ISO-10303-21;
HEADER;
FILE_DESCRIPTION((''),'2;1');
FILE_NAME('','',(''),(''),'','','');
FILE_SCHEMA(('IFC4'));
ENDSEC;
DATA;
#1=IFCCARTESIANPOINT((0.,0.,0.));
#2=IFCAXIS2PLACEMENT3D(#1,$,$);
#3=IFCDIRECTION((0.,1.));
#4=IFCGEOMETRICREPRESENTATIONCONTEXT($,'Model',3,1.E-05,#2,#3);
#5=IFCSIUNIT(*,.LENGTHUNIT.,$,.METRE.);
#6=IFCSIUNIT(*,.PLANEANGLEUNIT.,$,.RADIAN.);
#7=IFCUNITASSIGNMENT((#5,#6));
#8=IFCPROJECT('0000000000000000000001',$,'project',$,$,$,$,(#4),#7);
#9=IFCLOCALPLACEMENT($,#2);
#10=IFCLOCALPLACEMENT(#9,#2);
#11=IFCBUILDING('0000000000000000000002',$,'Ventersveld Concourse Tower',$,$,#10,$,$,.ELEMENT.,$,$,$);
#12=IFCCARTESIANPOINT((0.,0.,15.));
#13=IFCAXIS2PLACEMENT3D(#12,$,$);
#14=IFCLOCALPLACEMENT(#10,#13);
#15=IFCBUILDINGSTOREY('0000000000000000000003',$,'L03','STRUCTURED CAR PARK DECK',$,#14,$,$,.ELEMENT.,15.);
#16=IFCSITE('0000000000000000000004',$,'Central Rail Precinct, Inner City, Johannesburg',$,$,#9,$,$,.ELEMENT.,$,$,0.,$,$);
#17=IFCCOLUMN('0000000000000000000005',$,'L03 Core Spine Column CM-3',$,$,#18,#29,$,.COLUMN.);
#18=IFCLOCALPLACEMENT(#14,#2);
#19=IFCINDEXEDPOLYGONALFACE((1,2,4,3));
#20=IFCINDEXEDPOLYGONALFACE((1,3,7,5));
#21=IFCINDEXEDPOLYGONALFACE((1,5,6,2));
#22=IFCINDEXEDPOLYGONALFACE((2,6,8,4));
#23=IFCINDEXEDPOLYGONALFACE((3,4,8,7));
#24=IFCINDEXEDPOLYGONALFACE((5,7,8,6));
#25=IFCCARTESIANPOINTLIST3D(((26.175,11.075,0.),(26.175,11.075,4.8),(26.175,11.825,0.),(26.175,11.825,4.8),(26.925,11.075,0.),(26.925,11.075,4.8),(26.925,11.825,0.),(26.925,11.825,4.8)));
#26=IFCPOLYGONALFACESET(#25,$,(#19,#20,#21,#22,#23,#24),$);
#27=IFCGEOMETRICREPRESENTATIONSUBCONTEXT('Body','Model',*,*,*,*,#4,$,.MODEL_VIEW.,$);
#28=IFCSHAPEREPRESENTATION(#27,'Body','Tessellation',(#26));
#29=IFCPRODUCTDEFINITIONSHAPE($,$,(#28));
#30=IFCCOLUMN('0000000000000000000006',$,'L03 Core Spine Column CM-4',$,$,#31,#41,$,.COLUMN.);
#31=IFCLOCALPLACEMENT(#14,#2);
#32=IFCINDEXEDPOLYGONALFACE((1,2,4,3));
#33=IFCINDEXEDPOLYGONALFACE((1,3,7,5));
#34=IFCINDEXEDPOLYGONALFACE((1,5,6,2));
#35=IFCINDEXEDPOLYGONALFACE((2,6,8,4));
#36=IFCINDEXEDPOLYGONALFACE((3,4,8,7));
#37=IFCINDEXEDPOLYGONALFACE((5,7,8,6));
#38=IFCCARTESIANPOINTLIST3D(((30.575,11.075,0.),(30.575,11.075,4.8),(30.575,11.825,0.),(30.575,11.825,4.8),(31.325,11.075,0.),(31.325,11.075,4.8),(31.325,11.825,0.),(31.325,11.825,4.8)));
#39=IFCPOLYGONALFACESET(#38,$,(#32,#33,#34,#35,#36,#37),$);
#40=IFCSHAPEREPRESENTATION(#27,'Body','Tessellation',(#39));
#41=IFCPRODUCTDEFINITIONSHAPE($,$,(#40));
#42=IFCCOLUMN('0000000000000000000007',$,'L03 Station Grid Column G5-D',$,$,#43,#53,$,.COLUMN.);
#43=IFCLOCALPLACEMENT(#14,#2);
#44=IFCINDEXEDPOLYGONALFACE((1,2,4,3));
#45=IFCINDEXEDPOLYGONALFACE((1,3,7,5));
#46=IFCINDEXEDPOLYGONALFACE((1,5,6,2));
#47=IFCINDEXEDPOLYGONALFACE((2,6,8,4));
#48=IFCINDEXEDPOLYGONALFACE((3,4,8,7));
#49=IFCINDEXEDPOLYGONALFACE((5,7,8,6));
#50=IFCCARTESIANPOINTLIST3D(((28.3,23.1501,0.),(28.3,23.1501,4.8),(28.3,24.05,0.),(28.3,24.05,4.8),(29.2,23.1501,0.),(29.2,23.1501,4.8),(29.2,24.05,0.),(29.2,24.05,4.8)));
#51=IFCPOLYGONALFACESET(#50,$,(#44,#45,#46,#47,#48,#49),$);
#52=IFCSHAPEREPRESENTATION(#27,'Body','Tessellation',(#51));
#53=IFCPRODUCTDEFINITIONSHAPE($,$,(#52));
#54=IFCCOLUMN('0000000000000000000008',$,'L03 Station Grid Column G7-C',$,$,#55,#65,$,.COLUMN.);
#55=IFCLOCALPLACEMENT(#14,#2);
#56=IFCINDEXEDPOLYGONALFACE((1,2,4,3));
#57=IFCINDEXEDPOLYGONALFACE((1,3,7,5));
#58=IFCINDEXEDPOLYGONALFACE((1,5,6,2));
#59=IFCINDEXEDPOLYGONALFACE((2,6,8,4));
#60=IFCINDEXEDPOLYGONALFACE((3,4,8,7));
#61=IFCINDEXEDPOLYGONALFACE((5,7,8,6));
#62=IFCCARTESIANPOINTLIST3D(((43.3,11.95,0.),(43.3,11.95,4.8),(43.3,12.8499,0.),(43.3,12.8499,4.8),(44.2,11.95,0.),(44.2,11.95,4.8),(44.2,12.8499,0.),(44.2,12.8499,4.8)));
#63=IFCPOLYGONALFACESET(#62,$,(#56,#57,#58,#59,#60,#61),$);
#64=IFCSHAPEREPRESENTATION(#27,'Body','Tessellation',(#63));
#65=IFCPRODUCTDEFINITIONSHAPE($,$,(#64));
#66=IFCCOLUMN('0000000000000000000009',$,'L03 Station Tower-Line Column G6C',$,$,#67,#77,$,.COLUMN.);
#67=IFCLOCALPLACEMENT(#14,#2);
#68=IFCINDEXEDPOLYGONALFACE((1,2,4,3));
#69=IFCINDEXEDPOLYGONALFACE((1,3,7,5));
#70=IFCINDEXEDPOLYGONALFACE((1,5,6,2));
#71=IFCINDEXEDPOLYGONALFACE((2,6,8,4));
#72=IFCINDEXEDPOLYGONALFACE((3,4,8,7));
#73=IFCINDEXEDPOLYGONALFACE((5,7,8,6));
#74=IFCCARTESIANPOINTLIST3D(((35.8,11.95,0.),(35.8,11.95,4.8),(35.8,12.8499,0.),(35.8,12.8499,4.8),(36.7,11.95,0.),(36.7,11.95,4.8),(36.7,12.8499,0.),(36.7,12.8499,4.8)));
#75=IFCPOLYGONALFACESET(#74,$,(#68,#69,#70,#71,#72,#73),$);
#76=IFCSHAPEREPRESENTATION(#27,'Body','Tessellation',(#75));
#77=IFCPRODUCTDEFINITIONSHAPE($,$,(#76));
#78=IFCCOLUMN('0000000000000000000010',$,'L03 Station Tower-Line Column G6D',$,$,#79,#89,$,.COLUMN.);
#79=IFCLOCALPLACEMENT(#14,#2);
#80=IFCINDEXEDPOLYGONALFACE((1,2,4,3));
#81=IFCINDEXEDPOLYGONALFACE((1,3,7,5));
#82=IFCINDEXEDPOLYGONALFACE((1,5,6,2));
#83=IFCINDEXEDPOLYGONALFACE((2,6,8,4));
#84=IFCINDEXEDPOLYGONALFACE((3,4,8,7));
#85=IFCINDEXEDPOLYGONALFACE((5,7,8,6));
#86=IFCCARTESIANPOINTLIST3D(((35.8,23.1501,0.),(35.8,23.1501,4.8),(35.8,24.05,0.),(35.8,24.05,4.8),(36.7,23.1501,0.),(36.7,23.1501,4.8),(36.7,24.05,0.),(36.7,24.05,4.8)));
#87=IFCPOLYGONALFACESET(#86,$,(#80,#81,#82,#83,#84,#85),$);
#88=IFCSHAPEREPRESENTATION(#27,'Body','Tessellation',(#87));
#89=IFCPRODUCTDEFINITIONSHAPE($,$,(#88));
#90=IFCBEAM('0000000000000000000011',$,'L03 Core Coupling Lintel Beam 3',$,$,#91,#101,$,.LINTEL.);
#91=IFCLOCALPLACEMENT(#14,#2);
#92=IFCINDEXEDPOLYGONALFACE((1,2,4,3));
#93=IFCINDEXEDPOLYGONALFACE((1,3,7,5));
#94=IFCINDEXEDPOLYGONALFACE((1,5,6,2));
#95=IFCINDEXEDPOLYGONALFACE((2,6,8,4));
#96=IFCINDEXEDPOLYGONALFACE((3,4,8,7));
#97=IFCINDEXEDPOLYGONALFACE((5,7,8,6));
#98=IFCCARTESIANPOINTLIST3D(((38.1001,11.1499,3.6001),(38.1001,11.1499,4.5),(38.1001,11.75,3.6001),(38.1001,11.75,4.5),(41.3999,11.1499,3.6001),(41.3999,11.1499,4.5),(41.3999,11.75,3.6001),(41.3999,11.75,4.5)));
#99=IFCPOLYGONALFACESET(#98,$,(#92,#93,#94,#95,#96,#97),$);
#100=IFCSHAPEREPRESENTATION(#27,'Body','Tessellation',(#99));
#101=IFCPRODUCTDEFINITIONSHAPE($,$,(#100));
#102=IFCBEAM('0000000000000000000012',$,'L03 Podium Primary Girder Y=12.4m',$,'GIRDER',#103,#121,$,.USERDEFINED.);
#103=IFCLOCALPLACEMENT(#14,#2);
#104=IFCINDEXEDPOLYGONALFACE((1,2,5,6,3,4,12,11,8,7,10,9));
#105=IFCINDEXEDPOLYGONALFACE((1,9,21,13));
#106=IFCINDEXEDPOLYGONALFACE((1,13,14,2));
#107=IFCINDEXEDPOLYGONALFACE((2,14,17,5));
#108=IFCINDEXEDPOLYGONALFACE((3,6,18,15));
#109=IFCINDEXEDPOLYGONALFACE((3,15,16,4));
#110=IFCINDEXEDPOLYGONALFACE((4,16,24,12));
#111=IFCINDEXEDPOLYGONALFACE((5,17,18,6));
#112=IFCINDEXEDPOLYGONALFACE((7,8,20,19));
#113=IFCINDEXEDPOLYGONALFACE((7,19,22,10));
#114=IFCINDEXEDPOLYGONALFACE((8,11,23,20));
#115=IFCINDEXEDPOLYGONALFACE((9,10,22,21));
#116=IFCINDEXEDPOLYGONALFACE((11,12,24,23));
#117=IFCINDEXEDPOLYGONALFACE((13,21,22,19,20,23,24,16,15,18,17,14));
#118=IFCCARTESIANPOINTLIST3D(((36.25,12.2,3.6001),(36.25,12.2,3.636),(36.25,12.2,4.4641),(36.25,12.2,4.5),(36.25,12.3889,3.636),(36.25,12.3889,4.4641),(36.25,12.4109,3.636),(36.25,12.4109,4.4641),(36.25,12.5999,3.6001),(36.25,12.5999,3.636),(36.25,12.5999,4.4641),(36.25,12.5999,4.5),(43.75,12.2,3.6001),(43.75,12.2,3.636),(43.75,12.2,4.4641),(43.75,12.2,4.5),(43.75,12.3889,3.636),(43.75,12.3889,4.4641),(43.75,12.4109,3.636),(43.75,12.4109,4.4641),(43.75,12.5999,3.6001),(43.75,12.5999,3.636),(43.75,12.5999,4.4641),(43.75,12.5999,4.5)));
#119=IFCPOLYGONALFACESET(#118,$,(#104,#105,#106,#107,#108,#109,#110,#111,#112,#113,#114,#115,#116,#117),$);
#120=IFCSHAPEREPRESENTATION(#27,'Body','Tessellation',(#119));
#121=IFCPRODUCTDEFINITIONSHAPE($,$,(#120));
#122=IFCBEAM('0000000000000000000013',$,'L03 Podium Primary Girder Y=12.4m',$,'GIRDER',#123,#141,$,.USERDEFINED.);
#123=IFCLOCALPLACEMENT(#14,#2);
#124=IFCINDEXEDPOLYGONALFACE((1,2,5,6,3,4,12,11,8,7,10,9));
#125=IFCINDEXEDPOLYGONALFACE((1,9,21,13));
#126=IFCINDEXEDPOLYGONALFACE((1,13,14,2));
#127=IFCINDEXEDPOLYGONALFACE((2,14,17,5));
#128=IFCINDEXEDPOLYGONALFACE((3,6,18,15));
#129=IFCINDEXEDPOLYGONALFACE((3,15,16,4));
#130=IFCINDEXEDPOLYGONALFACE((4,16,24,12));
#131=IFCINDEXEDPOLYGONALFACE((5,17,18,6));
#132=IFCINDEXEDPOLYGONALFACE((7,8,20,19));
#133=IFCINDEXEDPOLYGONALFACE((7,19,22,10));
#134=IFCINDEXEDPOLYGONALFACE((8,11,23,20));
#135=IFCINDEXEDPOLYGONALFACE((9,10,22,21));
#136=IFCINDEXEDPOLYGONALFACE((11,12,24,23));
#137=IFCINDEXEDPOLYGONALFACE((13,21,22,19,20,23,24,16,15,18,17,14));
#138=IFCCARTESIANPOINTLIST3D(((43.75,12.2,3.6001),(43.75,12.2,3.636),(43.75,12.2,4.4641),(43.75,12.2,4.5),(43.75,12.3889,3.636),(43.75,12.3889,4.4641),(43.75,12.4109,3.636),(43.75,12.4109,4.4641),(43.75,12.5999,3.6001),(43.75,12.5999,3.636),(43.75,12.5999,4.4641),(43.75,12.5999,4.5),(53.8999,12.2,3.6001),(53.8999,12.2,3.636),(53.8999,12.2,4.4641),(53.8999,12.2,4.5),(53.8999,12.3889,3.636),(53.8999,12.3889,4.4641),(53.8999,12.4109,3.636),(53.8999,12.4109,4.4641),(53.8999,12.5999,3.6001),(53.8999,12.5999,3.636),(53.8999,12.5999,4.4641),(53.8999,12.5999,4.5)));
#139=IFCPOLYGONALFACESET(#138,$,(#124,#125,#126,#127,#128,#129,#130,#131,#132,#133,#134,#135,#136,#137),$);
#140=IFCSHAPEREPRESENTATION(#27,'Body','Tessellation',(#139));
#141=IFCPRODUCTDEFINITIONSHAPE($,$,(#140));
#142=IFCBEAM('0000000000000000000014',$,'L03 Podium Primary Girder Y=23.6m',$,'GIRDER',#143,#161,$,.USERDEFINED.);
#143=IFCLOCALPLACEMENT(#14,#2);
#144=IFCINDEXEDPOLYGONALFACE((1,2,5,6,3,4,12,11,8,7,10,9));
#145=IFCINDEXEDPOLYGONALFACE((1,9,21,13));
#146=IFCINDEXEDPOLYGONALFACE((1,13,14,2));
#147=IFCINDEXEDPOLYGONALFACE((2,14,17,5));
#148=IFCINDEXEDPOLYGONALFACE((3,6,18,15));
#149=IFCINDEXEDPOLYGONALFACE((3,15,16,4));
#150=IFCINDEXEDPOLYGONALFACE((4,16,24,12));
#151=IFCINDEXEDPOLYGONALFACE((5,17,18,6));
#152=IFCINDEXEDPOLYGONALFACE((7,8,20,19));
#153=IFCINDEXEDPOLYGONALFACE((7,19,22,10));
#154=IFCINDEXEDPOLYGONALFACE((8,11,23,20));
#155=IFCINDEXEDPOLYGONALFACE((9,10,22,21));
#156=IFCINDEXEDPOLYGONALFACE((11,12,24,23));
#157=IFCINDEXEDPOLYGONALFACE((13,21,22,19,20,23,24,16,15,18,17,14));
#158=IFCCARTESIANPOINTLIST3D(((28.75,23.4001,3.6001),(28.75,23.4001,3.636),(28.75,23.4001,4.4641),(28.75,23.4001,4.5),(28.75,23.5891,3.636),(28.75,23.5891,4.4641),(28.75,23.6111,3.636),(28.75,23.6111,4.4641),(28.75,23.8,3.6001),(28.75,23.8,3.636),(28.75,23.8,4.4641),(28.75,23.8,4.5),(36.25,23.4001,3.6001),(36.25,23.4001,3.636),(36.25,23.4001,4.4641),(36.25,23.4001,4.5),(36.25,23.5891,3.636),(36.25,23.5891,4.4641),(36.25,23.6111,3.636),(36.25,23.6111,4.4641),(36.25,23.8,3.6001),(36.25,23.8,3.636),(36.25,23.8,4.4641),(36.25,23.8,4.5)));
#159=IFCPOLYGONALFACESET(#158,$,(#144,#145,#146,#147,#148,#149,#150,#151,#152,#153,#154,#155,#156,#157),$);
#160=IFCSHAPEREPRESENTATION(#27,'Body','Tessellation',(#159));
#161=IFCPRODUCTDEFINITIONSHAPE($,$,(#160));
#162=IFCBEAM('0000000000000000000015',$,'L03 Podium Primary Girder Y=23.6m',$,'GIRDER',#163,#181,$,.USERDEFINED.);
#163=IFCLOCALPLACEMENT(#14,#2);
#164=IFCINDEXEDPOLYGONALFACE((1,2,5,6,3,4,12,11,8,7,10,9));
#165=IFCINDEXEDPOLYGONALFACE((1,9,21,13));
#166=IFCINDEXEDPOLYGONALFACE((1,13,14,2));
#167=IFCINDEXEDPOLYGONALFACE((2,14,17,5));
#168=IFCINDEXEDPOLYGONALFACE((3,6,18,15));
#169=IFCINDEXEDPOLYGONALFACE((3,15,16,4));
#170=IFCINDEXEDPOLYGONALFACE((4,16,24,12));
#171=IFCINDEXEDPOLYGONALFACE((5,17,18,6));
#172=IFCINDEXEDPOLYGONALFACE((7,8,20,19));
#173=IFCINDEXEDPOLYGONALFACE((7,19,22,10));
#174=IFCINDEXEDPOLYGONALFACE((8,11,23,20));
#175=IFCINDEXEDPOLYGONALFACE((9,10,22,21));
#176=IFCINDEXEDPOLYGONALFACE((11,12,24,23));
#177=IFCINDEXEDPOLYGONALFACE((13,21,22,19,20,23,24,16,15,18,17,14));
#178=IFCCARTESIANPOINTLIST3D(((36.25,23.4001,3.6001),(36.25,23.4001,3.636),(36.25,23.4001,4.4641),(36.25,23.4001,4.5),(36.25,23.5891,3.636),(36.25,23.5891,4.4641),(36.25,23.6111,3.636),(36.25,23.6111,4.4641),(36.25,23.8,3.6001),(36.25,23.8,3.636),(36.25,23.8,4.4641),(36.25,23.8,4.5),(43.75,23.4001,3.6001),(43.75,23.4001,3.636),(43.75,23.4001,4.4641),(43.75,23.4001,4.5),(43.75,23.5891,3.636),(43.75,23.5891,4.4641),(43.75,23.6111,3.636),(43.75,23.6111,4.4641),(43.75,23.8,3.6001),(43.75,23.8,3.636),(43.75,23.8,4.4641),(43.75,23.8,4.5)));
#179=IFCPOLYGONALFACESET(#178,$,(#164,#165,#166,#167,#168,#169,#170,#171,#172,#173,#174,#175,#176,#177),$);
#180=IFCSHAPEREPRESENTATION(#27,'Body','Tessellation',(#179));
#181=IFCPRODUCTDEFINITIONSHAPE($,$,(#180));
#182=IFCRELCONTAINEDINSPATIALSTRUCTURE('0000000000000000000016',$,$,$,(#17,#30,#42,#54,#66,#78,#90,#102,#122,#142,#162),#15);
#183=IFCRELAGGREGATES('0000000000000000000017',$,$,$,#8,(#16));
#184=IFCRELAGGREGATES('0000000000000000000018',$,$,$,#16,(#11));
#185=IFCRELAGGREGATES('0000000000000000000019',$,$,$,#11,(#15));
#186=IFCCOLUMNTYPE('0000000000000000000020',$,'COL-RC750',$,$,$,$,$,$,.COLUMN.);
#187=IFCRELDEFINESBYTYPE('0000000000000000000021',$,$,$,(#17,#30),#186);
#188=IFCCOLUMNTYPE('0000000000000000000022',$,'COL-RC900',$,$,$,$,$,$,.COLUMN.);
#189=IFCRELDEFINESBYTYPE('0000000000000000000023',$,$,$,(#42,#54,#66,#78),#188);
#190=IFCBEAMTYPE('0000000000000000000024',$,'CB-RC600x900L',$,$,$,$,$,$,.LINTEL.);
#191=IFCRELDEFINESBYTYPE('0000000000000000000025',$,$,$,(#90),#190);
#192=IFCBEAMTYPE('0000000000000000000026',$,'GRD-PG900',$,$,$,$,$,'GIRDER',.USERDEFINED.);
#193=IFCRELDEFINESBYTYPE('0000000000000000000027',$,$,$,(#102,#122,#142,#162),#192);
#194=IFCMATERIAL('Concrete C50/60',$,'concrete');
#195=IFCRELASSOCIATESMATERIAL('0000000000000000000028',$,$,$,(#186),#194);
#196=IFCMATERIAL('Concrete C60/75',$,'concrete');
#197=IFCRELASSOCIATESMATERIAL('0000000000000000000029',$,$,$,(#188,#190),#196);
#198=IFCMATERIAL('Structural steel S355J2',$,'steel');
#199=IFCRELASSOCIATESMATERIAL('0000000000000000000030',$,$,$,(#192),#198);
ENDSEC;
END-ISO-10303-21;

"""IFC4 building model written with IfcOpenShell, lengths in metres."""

from ifc_helpers import new_model, si_unit, direction, frame, origin, origin_2d, place, context, subcontext, project, spatial, rectangle, i_section, extrude, material, material_profile, profile_set, type_object, element, save


model = new_model("IFC4")

# Units and contexts
model_context = context("Model", 3, precision=1e-05, world=origin(), true_north=direction((0.0, 1.0)))
body_context = subcontext(model_context, "Body", "Model", "MODEL_VIEW")
ifc_project = project(units=[si_unit("LENGTHUNIT", "METRE"), si_unit("PLANEANGLEUNIT", "RADIAN")], contexts=[model_context])

# Site, building, storey
site_placement = place(None, origin())
site = spatial("IfcSite", under=ifc_project, at=site_placement, Name="Central Rail Precinct, Inner City, Johannesburg", CompositionType="ELEMENT", RefElevation=0.0)
building_placement = place(site_placement, origin())
building = spatial("IfcBuilding", under=site, at=building_placement, Name="Ventersveld Concourse Tower", CompositionType="ELEMENT")
storey_placement = place(building_placement, frame((0.0, 0.0, 15.0)))
storey = spatial("IfcBuildingStorey", under=building, at=storey_placement, Name="L03", Description="STRUCTURED CAR PARK DECK", CompositionType="ELEMENT", Elevation=15.0)

# Columns
ifc_material_1 = material(Name="Concrete C50/60", Category="concrete")
ifc_material_profile_1 = material_profile(ifc_material_1, rectangle(XDim=0.75, YDim=0.75, at=origin_2d()), Name="RC 750x750")
ifc_profile_set_1 = profile_set([ifc_material_profile_1], Name="Concrete C50/60")
column_type_1 = type_object("IfcColumnType", Name="COL-RC750", PredefinedType="COLUMN", material=ifc_profile_set_1)
for number, where, z_axis, x_axis, name in (
    (1, (26.55, 11.45, 0.0), (0.0, 0.0, 1.0), (1.0, 0.0, 0.0), "L03 Core Spine Column CM-3"),
    (2, (30.95, 11.45, 0.0), (0.0, 0.0, 1.0), (1.0, 0.0, 0.0), "L03 Core Spine Column CM-4"),
):
    element("IfcColumn", number, at=place(storey_placement, frame(where, z_axis=z_axis, x_axis=x_axis)), inside=storey, type_object=column_type_1, Name=name, PredefinedType="COLUMN", context=body_context, shape_type="SweptSolid", body=[
        extrude(rectangle(XDim=0.75, YDim=0.75, at=origin_2d()), origin(), (0.0, 0.0, 1.0), 4.8),
    ])
ifc_material_2 = material(Name="Concrete C60/75", Category="concrete")
ifc_material_profile_2 = material_profile(ifc_material_2, rectangle(XDim=0.8999, YDim=0.8999, at=origin_2d()), Name="RC 900x900")
ifc_profile_set_2 = profile_set([ifc_material_profile_2], Name="Concrete C60/75")
column_type_2 = type_object("IfcColumnType", Name="COL-RC900", PredefinedType="COLUMN", material=ifc_profile_set_2)
for number, where, z_axis, x_axis, name in (
    (3, (28.75, 23.6001, 0.0), (0.0, 0.0, 1.0), (1.0, 0.0, 0.0), "L03 Station Grid Column G5-D"),
    (4, (43.75, 12.3999, 0.0), (0.0, 0.0, 1.0), (1.0, 0.0, 0.0), "L03 Station Grid Column G7-C"),
    (5, (36.25, 12.3999, 0.0), (0.0, 0.0, 1.0), (1.0, 0.0, 0.0), "L03 Station Tower-Line Column G6C"),
    (6, (36.25, 23.6001, 0.0), (0.0, 0.0, 1.0), (1.0, 0.0, 0.0), "L03 Station Tower-Line Column G6D"),
):
    element("IfcColumn", number, at=place(storey_placement, frame(where, z_axis=z_axis, x_axis=x_axis)), inside=storey, type_object=column_type_2, Name=name, PredefinedType="COLUMN", context=body_context, shape_type="SweptSolid", body=[
        extrude(rectangle(XDim=0.8999, YDim=0.8999, at=origin_2d()), origin(), (0.0, 0.0, 1.0), 4.8),
    ])

# Beams
ifc_material_profile_3 = material_profile(ifc_material_2, rectangle(XDim=0.6001, YDim=0.8999, at=origin_2d()), Name="RC 600x900")
ifc_profile_set_3 = profile_set([ifc_material_profile_3], Name="Concrete C60/75")
beam_type_1 = type_object("IfcBeamType", Name="CB-RC600x900L", PredefinedType="LINTEL", material=ifc_profile_set_3)
beam_1_placement = place(storey_placement, frame((38.1001, 11.45, 4.05), z_axis=(1.0, 0.0, 0.0), x_axis=(0.0, 1.0, 0.0)))
element("IfcBeam", 7, at=beam_1_placement, inside=storey, type_object=beam_type_1, Name="L03 Core Coupling Lintel Beam 3", PredefinedType="LINTEL", context=body_context, shape_type="SweptSolid", body=[
    extrude(rectangle(XDim=0.6001, YDim=0.8999, at=origin_2d()), origin(), (0.0, 0.0, 1.0), 3.2998),
])
ifc_material_3 = material(Name="Structural steel S355J2", Category="steel")
ifc_material_profile_4 = material_profile(ifc_material_3, i_section(OverallWidth=0.3999, OverallDepth=0.8999, WebThickness=0.022, FlangeThickness=0.0359, at=origin_2d()), Name="PG 900x400x36")
ifc_profile_set_4 = profile_set([ifc_material_profile_4], Name="Structural steel S355J2")
beam_type_2 = type_object("IfcBeamType", Name="GRD-PG900", ElementType="GIRDER", PredefinedType="USERDEFINED", material=ifc_profile_set_4)
beam_2_placement = place(storey_placement, frame((36.25, 12.3999, 4.05), z_axis=(1.0, 0.0, 0.0), x_axis=(0.0, 1.0, 0.0)))
element("IfcBeam", 8, at=beam_2_placement, inside=storey, type_object=beam_type_2, Name="L03 Podium Primary Girder Y=12.4m", ObjectType="GIRDER", PredefinedType="USERDEFINED", context=body_context, shape_type="SweptSolid", body=[
    extrude(i_section(OverallWidth=0.3999, OverallDepth=0.8999, WebThickness=0.022, FlangeThickness=0.0359, at=origin_2d()), origin(), (0.0, 0.0, 1.0), 7.5),
])
beam_3_placement = place(storey_placement, frame((43.75, 12.3999, 4.05), z_axis=(1.0, 0.0, 0.0), x_axis=(0.0, 1.0, 0.0)))
element("IfcBeam", 9, at=beam_3_placement, inside=storey, type_object=beam_type_2, Name="L03 Podium Primary Girder Y=12.4m", ObjectType="GIRDER", PredefinedType="USERDEFINED", context=body_context, shape_type="SweptSolid", body=[
    extrude(i_section(OverallWidth=0.3999, OverallDepth=0.8999, WebThickness=0.022, FlangeThickness=0.0359, at=origin_2d()), origin(), (0.0, 0.0, 1.0), 10.1499),
])
for number, where, z_axis, x_axis, name in (
    (10, (28.75, 23.6001, 4.05), (1.0, 0.0, 0.0), (0.0, 1.0, 0.0), "L03 Podium Primary Girder Y=23.6m"),
    (11, (36.25, 23.6001, 4.05), (1.0, 0.0, 0.0), (0.0, 1.0, 0.0), "L03 Podium Primary Girder Y=23.6m"),
):
    element("IfcBeam", number, at=place(storey_placement, frame(where, z_axis=z_axis, x_axis=x_axis)), inside=storey, type_object=beam_type_2, Name=name, ObjectType="GIRDER", PredefinedType="USERDEFINED", context=body_context, shape_type="SweptSolid", body=[
        extrude(i_section(OverallWidth=0.3999, OverallDepth=0.8999, WebThickness=0.022, FlangeThickness=0.0359, at=origin_2d()), origin(), (0.0, 0.0, 1.0), 7.5),
    ])

save(model, "model.ifc")
